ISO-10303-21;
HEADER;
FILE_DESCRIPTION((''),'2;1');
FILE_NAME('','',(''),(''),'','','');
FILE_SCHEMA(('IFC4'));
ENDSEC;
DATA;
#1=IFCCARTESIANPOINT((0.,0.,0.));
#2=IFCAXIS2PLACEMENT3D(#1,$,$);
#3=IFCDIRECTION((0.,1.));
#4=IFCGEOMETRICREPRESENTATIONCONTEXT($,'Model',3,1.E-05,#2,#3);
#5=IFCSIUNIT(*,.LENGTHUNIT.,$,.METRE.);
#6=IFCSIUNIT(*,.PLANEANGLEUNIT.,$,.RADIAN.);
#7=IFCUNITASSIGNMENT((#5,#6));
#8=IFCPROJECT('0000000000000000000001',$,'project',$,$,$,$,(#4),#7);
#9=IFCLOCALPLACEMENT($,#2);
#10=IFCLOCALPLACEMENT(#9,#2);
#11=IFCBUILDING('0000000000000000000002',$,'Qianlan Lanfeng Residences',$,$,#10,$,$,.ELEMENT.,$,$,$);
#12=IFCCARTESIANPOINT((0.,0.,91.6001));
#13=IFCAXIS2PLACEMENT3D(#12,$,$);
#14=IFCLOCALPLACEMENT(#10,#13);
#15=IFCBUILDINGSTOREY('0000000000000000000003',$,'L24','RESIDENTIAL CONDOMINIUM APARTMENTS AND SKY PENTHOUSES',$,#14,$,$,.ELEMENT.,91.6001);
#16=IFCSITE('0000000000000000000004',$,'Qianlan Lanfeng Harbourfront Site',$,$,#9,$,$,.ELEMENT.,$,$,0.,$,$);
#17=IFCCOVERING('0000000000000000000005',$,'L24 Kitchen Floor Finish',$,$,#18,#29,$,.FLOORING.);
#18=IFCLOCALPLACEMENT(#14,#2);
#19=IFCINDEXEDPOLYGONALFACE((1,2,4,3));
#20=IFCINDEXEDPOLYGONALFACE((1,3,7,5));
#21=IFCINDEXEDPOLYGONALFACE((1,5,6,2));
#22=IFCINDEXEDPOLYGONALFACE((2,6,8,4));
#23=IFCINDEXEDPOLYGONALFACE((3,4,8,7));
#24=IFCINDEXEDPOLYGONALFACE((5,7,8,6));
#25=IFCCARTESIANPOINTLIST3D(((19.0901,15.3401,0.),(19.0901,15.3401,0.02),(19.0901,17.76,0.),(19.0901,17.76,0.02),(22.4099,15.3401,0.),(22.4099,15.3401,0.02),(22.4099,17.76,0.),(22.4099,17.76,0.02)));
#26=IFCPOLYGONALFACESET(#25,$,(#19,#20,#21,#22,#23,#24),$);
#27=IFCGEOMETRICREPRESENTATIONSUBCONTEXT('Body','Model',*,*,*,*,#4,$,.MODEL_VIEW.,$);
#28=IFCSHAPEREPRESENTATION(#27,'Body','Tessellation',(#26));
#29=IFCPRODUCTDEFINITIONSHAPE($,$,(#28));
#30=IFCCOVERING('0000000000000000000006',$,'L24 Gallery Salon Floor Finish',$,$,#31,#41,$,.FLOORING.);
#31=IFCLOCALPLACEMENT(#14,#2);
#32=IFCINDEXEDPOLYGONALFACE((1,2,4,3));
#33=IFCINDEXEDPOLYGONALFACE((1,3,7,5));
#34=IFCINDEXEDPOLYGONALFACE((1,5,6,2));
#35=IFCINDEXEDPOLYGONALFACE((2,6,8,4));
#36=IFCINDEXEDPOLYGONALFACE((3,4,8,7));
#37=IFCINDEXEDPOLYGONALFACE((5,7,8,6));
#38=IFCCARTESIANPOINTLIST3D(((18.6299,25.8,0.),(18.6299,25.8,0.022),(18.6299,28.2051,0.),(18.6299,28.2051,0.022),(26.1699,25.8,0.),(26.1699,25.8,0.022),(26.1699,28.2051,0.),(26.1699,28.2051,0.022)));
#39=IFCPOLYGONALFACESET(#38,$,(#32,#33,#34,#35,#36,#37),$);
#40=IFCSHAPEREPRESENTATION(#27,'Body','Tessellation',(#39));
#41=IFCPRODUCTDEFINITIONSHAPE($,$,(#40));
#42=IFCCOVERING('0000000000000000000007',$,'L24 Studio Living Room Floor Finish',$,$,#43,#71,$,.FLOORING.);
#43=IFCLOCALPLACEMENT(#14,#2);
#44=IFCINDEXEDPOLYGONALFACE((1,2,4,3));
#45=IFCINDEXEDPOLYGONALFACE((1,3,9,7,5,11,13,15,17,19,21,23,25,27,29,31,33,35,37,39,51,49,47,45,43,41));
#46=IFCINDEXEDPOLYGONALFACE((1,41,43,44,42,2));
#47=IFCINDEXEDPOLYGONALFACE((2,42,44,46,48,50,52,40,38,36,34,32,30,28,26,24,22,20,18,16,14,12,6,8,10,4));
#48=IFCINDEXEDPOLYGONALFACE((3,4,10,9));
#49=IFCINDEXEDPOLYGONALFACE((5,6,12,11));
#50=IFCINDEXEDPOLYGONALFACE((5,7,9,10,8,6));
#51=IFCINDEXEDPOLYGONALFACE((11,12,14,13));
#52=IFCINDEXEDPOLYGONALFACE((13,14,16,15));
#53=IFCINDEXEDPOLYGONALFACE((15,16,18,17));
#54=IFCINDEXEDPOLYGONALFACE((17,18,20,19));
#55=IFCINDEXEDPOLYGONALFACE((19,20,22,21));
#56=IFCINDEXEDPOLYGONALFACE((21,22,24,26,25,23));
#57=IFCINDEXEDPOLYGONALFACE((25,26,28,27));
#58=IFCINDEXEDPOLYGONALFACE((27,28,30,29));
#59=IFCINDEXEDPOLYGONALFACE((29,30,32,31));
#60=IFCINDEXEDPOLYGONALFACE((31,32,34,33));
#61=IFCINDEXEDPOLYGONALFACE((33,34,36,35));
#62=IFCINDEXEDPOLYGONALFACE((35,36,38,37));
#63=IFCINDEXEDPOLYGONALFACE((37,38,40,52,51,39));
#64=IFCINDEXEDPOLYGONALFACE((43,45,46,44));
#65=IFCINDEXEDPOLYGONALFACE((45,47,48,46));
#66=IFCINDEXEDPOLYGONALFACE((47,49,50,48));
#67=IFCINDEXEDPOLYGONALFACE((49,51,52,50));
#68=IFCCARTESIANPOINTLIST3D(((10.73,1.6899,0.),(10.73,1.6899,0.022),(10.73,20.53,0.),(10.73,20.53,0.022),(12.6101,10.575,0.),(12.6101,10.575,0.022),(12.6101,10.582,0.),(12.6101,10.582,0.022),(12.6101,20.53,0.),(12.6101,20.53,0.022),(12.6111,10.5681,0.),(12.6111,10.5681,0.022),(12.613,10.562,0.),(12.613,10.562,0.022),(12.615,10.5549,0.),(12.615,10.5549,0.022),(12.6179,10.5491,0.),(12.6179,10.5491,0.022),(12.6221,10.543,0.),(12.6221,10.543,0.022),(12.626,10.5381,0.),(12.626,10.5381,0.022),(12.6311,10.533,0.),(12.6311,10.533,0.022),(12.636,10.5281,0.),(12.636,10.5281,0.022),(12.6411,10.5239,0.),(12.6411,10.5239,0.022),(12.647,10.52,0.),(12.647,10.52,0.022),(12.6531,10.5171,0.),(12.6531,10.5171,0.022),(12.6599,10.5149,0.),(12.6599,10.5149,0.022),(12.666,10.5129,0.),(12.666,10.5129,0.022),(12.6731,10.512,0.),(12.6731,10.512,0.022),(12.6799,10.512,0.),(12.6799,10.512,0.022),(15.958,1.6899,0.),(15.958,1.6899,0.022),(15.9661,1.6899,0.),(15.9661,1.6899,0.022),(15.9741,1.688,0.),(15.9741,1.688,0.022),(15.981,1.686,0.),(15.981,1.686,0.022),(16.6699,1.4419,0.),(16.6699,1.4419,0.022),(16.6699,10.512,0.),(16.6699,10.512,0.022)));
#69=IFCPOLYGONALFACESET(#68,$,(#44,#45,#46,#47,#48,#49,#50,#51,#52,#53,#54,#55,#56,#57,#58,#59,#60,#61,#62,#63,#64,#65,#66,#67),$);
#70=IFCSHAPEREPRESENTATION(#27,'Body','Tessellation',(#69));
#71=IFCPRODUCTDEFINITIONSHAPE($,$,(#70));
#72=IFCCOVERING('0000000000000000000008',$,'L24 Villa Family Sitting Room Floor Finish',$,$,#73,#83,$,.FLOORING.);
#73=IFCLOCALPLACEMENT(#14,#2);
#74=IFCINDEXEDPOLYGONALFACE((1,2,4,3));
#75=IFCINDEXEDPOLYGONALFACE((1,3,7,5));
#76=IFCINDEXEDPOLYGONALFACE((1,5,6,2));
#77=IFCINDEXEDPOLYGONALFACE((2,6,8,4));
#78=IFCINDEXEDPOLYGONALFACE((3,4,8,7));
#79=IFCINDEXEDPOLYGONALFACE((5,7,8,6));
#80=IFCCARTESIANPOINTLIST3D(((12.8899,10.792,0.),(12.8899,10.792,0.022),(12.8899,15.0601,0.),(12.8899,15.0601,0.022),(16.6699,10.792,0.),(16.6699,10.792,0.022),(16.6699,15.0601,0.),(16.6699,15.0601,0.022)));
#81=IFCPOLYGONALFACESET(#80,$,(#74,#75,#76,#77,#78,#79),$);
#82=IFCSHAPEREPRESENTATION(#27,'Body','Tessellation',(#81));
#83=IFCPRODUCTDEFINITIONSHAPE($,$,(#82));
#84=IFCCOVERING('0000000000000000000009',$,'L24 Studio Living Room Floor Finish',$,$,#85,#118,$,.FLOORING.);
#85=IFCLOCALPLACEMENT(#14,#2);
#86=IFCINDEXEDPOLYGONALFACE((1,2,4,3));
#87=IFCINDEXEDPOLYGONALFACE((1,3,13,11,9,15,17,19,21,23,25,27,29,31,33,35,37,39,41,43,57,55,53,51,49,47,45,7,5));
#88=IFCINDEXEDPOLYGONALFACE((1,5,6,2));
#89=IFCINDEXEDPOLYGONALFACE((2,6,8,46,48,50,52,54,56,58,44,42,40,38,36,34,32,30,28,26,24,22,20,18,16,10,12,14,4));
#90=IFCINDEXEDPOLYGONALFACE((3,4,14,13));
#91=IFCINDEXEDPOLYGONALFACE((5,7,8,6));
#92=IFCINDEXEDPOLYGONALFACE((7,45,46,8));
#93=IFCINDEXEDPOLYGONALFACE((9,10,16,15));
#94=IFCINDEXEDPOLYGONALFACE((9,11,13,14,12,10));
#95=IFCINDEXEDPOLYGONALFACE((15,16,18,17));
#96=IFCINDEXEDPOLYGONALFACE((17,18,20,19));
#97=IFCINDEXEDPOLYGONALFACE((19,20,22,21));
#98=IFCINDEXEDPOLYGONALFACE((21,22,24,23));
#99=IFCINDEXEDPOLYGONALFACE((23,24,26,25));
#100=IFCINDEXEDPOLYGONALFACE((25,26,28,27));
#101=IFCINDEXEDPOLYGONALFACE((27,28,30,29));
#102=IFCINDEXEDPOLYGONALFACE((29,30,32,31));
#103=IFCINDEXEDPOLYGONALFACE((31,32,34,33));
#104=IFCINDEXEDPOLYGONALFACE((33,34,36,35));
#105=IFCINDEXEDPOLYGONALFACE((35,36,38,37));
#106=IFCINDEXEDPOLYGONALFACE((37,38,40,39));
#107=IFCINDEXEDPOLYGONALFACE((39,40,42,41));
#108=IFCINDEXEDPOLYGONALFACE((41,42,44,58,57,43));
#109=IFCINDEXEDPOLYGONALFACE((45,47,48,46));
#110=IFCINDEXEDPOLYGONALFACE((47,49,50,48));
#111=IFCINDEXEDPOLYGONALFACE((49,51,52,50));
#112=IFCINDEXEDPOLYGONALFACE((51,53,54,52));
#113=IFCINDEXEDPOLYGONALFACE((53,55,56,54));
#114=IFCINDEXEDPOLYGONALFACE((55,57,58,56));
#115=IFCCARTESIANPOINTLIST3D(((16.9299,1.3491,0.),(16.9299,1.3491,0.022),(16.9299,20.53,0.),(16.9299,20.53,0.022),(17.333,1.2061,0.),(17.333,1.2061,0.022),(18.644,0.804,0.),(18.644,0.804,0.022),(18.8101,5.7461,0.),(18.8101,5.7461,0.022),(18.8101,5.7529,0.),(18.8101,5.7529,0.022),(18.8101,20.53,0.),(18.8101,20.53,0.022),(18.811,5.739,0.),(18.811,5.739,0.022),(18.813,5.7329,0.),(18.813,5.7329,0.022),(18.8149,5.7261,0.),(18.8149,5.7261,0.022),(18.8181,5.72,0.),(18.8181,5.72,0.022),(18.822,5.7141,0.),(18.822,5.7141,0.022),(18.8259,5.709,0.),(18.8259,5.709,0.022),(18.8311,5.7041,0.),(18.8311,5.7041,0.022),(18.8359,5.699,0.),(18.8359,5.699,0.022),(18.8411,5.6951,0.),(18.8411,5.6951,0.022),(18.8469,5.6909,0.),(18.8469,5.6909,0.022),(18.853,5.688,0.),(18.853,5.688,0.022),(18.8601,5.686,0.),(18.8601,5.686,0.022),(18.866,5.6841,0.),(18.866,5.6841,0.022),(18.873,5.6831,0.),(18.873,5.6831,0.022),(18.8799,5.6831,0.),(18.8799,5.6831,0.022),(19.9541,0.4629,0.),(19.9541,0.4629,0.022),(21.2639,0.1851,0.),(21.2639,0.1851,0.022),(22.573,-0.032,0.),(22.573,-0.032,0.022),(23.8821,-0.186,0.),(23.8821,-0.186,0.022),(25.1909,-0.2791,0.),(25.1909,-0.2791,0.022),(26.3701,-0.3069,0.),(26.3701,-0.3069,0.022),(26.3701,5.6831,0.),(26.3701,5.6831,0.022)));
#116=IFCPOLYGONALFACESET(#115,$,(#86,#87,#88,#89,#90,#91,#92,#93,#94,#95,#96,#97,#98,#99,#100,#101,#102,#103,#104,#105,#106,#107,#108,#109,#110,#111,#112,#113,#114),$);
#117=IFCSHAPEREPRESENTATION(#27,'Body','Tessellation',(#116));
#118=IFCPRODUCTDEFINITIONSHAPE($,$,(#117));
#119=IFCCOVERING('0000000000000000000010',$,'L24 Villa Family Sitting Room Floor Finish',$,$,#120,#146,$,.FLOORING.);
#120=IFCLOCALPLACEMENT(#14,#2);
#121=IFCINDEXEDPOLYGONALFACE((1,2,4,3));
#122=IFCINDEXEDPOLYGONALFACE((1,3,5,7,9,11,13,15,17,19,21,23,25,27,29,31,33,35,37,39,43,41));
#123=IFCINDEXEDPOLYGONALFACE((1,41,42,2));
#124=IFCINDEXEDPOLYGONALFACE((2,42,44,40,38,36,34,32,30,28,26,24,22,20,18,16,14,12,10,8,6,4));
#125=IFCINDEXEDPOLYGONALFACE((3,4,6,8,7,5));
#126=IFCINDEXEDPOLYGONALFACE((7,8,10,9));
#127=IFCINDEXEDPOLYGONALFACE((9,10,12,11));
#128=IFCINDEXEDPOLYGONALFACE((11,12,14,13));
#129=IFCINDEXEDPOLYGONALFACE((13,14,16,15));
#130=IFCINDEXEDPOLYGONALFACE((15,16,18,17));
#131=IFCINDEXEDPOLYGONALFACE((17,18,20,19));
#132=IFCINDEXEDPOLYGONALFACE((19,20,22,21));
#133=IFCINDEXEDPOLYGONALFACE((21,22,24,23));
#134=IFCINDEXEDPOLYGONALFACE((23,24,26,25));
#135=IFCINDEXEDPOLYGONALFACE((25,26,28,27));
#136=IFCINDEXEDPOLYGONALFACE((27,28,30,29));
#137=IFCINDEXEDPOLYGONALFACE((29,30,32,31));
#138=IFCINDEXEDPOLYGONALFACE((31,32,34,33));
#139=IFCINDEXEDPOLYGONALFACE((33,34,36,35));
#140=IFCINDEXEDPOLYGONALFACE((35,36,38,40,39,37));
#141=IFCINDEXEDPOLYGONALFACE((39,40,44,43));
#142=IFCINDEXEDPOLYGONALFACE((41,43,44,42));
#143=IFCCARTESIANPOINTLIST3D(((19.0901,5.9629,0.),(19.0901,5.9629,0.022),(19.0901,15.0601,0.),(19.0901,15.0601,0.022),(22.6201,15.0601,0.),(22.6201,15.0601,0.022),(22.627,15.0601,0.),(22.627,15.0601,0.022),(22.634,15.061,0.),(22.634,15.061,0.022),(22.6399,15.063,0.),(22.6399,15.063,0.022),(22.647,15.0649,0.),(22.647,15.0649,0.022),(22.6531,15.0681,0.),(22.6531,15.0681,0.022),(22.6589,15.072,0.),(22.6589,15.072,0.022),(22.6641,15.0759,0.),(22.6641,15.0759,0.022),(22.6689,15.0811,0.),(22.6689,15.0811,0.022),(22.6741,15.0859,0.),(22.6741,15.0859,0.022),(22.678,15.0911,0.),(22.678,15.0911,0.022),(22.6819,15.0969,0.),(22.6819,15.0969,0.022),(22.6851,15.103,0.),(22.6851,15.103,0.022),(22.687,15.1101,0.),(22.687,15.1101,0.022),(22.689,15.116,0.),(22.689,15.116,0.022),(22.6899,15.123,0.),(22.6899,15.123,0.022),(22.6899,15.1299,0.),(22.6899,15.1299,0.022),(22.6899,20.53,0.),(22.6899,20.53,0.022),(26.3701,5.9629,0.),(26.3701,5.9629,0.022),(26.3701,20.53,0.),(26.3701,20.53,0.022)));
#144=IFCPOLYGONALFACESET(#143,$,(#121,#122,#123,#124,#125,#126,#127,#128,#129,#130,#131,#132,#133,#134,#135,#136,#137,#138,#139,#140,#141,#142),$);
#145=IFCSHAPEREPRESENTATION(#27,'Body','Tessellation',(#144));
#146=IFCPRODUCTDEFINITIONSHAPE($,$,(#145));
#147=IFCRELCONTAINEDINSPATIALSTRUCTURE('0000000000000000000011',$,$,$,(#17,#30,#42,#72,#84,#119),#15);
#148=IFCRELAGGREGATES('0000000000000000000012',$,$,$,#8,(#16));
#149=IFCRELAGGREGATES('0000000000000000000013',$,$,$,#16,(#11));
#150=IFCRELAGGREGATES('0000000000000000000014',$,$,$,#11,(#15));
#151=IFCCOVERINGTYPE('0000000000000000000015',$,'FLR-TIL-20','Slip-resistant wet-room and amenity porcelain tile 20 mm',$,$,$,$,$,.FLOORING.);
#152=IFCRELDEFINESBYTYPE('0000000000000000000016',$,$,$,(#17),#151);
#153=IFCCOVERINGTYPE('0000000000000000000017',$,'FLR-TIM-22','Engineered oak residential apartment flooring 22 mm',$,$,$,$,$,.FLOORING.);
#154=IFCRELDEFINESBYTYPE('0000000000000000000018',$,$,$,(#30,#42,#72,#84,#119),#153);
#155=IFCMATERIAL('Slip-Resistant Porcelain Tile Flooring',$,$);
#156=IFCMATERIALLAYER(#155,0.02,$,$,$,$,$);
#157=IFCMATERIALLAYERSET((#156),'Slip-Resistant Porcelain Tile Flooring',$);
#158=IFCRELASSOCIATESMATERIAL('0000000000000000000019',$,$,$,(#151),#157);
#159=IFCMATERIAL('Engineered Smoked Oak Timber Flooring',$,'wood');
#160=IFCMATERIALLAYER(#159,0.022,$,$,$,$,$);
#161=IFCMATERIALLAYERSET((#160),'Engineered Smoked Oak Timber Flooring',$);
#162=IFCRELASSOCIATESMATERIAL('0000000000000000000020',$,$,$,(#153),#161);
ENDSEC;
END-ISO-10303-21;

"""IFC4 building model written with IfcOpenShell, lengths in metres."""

from ifc_helpers import new_model, si_unit, direction, frame, origin, place, context, subcontext, project, spatial, polyline, outline, extrude, material, layer, layer_set, type_object, element, save


model = new_model("IFC4")

# Units and contexts
model_context = context("Model", 3, precision=1e-05, world=origin(), true_north=direction((0.0, 1.0)))
body_context = subcontext(model_context, "Body", "Model", "MODEL_VIEW")
ifc_project = project(units=[si_unit("LENGTHUNIT", "METRE"), si_unit("PLANEANGLEUNIT", "RADIAN")], contexts=[model_context])

# Site, building, storey
site_placement = place(None, origin())
site = spatial("IfcSite", under=ifc_project, at=site_placement, Name="Qianlan Lanfeng Harbourfront Site", CompositionType="ELEMENT", RefElevation=0.0)
building_placement = place(site_placement, origin())
building = spatial("IfcBuilding", under=site, at=building_placement, Name="Qianlan Lanfeng Residences", CompositionType="ELEMENT")
storey_placement = place(building_placement, frame((0.0, 0.0, 91.6001)))
storey = spatial("IfcBuildingStorey", under=building, at=storey_placement, Name="L24", Description="RESIDENTIAL CONDOMINIUM APARTMENTS AND SKY PENTHOUSES", CompositionType="ELEMENT", Elevation=91.6001)

# Coverings
ifc_material_1 = material(Name="Slip-Resistant Porcelain Tile Flooring")
ifc_layer_1 = layer(ifc_material_1, 0.02)
ifc_layer_set_1 = layer_set([ifc_layer_1], Name="Slip-Resistant Porcelain Tile Flooring")
covering_type_1 = type_object("IfcCoveringType", Name="FLR-TIL-20", Description="Slip-resistant wet-room and amenity porcelain tile 20 mm", PredefinedType="FLOORING", material=ifc_layer_set_1)
covering_1_placement = place(storey_placement, origin())
element("IfcCovering", 1, at=covering_1_placement, inside=storey, type_object=covering_type_1, Name="L24 Kitchen Floor Finish", PredefinedType="FLOORING", context=body_context, shape_type="SweptSolid", body=[
    extrude(outline(polyline([(19.0901, 15.3401), (22.4099, 15.3401), (22.4099, 17.76), (19.0901, 17.76), (19.0901, 15.3401)])), origin(), (0.0, 0.0, 1.0), 0.02),
])
ifc_material_2 = material(Name="Engineered Smoked Oak Timber Flooring", Category="wood")
ifc_layer_2 = layer(ifc_material_2, 0.022)
ifc_layer_set_2 = layer_set([ifc_layer_2], Name="Engineered Smoked Oak Timber Flooring")
covering_type_2 = type_object("IfcCoveringType", Name="FLR-TIM-22", Description="Engineered oak residential apartment flooring 22 mm", PredefinedType="FLOORING", material=ifc_layer_set_2)
covering_2_placement = place(storey_placement, origin())
element("IfcCovering", 2, at=covering_2_placement, inside=storey, type_object=covering_type_2, Name="L24 Gallery Salon Floor Finish", PredefinedType="FLOORING", context=body_context, shape_type="SweptSolid", body=[
    extrude(outline(polyline([(18.6299, 25.8), (26.1699, 25.8), (26.1699, 28.2051), (18.6299, 28.2051), (18.6299, 25.8)])), origin(), (0.0, 0.0, 1.0), 0.022),
])
covering_3_placement = place(storey_placement, origin())
element("IfcCovering", 3, at=covering_3_placement, inside=storey, type_object=covering_type_2, Name="L24 Studio Living Room Floor Finish", PredefinedType="FLOORING", context=body_context, shape_type="SweptSolid", body=[
    extrude(outline(polyline([(16.6699, 1.4419), (16.6699, 10.512), (12.6799, 10.512), (12.6731, 10.512), (12.666, 10.5129), (12.6599, 10.5149), (12.6531, 10.5171), (12.647, 10.52), (12.6411, 10.5239), (12.636, 10.5281), (12.6311, 10.533), (12.626, 10.5381), (12.6221, 10.543), (12.6179, 10.5491), (12.615, 10.5549), (12.613, 10.562), (12.6111, 10.5681), (12.6101, 10.575), (12.6101, 10.582), (12.6101, 20.53), (10.73, 20.53), (10.73, 1.6899), (15.958, 1.6899), (15.9661, 1.6899), (15.9741, 1.688), (15.981, 1.686), (16.6699, 1.4419)])), origin(), (0.0, 0.0, 1.0), 0.022),
])
covering_4_placement = place(storey_placement, origin())
element("IfcCovering", 4, at=covering_4_placement, inside=storey, type_object=covering_type_2, Name="L24 Villa Family Sitting Room Floor Finish", PredefinedType="FLOORING", context=body_context, shape_type="SweptSolid", body=[
    extrude(outline(polyline([(12.8899, 15.0601), (12.8899, 10.792), (16.6699, 10.792), (16.6699, 15.0601), (12.8899, 15.0601)])), origin(), (0.0, 0.0, 1.0), 0.022),
])
covering_5_placement = place(storey_placement, origin())
element("IfcCovering", 5, at=covering_5_placement, inside=storey, type_object=covering_type_2, Name="L24 Studio Living Room Floor Finish", PredefinedType="FLOORING", context=body_context, shape_type="SweptSolid", body=[
    extrude(outline(polyline([(26.3701, -0.3069), (26.3701, 5.6831), (18.8799, 5.6831), (18.873, 5.6831), (18.866, 5.6841), (18.8601, 5.686), (18.853, 5.688), (18.8469, 5.6909), (18.8411, 5.6951), (18.8359, 5.699), (18.8311, 5.7041), (18.8259, 5.709), (18.822, 5.7141), (18.8181, 5.72), (18.8149, 5.7261), (18.813, 5.7329), (18.811, 5.739), (18.8101, 5.7461), (18.8101, 5.7529), (18.8101, 20.53), (16.9299, 20.53), (16.9299, 1.3491), (17.333, 1.2061), (18.644, 0.804), (19.9541, 0.4629), (21.2639, 0.1851), (22.573, -0.032), (23.8821, -0.186), (25.1909, -0.2791), (26.3701, -0.3069)])), origin(), (0.0, 0.0, 1.0), 0.022),
])
covering_6_placement = place(storey_placement, origin())
element("IfcCovering", 6, at=covering_6_placement, inside=storey, type_object=covering_type_2, Name="L24 Villa Family Sitting Room Floor Finish", PredefinedType="FLOORING", context=body_context, shape_type="SweptSolid", body=[
    extrude(outline(polyline([(19.0901, 5.9629), (26.3701, 5.9629), (26.3701, 20.53), (22.6899, 20.53), (22.6899, 15.1299), (22.6899, 15.123), (22.689, 15.116), (22.687, 15.1101), (22.6851, 15.103), (22.6819, 15.0969), (22.678, 15.0911), (22.6741, 15.0859), (22.6689, 15.0811), (22.6641, 15.0759), (22.6589, 15.072), (22.6531, 15.0681), (22.647, 15.0649), (22.6399, 15.063), (22.634, 15.061), (22.627, 15.0601), (22.6201, 15.0601), (19.0901, 15.0601), (19.0901, 5.9629)])), origin(), (0.0, 0.0, 1.0), 0.022),
])

save(model, "model.ifc")
